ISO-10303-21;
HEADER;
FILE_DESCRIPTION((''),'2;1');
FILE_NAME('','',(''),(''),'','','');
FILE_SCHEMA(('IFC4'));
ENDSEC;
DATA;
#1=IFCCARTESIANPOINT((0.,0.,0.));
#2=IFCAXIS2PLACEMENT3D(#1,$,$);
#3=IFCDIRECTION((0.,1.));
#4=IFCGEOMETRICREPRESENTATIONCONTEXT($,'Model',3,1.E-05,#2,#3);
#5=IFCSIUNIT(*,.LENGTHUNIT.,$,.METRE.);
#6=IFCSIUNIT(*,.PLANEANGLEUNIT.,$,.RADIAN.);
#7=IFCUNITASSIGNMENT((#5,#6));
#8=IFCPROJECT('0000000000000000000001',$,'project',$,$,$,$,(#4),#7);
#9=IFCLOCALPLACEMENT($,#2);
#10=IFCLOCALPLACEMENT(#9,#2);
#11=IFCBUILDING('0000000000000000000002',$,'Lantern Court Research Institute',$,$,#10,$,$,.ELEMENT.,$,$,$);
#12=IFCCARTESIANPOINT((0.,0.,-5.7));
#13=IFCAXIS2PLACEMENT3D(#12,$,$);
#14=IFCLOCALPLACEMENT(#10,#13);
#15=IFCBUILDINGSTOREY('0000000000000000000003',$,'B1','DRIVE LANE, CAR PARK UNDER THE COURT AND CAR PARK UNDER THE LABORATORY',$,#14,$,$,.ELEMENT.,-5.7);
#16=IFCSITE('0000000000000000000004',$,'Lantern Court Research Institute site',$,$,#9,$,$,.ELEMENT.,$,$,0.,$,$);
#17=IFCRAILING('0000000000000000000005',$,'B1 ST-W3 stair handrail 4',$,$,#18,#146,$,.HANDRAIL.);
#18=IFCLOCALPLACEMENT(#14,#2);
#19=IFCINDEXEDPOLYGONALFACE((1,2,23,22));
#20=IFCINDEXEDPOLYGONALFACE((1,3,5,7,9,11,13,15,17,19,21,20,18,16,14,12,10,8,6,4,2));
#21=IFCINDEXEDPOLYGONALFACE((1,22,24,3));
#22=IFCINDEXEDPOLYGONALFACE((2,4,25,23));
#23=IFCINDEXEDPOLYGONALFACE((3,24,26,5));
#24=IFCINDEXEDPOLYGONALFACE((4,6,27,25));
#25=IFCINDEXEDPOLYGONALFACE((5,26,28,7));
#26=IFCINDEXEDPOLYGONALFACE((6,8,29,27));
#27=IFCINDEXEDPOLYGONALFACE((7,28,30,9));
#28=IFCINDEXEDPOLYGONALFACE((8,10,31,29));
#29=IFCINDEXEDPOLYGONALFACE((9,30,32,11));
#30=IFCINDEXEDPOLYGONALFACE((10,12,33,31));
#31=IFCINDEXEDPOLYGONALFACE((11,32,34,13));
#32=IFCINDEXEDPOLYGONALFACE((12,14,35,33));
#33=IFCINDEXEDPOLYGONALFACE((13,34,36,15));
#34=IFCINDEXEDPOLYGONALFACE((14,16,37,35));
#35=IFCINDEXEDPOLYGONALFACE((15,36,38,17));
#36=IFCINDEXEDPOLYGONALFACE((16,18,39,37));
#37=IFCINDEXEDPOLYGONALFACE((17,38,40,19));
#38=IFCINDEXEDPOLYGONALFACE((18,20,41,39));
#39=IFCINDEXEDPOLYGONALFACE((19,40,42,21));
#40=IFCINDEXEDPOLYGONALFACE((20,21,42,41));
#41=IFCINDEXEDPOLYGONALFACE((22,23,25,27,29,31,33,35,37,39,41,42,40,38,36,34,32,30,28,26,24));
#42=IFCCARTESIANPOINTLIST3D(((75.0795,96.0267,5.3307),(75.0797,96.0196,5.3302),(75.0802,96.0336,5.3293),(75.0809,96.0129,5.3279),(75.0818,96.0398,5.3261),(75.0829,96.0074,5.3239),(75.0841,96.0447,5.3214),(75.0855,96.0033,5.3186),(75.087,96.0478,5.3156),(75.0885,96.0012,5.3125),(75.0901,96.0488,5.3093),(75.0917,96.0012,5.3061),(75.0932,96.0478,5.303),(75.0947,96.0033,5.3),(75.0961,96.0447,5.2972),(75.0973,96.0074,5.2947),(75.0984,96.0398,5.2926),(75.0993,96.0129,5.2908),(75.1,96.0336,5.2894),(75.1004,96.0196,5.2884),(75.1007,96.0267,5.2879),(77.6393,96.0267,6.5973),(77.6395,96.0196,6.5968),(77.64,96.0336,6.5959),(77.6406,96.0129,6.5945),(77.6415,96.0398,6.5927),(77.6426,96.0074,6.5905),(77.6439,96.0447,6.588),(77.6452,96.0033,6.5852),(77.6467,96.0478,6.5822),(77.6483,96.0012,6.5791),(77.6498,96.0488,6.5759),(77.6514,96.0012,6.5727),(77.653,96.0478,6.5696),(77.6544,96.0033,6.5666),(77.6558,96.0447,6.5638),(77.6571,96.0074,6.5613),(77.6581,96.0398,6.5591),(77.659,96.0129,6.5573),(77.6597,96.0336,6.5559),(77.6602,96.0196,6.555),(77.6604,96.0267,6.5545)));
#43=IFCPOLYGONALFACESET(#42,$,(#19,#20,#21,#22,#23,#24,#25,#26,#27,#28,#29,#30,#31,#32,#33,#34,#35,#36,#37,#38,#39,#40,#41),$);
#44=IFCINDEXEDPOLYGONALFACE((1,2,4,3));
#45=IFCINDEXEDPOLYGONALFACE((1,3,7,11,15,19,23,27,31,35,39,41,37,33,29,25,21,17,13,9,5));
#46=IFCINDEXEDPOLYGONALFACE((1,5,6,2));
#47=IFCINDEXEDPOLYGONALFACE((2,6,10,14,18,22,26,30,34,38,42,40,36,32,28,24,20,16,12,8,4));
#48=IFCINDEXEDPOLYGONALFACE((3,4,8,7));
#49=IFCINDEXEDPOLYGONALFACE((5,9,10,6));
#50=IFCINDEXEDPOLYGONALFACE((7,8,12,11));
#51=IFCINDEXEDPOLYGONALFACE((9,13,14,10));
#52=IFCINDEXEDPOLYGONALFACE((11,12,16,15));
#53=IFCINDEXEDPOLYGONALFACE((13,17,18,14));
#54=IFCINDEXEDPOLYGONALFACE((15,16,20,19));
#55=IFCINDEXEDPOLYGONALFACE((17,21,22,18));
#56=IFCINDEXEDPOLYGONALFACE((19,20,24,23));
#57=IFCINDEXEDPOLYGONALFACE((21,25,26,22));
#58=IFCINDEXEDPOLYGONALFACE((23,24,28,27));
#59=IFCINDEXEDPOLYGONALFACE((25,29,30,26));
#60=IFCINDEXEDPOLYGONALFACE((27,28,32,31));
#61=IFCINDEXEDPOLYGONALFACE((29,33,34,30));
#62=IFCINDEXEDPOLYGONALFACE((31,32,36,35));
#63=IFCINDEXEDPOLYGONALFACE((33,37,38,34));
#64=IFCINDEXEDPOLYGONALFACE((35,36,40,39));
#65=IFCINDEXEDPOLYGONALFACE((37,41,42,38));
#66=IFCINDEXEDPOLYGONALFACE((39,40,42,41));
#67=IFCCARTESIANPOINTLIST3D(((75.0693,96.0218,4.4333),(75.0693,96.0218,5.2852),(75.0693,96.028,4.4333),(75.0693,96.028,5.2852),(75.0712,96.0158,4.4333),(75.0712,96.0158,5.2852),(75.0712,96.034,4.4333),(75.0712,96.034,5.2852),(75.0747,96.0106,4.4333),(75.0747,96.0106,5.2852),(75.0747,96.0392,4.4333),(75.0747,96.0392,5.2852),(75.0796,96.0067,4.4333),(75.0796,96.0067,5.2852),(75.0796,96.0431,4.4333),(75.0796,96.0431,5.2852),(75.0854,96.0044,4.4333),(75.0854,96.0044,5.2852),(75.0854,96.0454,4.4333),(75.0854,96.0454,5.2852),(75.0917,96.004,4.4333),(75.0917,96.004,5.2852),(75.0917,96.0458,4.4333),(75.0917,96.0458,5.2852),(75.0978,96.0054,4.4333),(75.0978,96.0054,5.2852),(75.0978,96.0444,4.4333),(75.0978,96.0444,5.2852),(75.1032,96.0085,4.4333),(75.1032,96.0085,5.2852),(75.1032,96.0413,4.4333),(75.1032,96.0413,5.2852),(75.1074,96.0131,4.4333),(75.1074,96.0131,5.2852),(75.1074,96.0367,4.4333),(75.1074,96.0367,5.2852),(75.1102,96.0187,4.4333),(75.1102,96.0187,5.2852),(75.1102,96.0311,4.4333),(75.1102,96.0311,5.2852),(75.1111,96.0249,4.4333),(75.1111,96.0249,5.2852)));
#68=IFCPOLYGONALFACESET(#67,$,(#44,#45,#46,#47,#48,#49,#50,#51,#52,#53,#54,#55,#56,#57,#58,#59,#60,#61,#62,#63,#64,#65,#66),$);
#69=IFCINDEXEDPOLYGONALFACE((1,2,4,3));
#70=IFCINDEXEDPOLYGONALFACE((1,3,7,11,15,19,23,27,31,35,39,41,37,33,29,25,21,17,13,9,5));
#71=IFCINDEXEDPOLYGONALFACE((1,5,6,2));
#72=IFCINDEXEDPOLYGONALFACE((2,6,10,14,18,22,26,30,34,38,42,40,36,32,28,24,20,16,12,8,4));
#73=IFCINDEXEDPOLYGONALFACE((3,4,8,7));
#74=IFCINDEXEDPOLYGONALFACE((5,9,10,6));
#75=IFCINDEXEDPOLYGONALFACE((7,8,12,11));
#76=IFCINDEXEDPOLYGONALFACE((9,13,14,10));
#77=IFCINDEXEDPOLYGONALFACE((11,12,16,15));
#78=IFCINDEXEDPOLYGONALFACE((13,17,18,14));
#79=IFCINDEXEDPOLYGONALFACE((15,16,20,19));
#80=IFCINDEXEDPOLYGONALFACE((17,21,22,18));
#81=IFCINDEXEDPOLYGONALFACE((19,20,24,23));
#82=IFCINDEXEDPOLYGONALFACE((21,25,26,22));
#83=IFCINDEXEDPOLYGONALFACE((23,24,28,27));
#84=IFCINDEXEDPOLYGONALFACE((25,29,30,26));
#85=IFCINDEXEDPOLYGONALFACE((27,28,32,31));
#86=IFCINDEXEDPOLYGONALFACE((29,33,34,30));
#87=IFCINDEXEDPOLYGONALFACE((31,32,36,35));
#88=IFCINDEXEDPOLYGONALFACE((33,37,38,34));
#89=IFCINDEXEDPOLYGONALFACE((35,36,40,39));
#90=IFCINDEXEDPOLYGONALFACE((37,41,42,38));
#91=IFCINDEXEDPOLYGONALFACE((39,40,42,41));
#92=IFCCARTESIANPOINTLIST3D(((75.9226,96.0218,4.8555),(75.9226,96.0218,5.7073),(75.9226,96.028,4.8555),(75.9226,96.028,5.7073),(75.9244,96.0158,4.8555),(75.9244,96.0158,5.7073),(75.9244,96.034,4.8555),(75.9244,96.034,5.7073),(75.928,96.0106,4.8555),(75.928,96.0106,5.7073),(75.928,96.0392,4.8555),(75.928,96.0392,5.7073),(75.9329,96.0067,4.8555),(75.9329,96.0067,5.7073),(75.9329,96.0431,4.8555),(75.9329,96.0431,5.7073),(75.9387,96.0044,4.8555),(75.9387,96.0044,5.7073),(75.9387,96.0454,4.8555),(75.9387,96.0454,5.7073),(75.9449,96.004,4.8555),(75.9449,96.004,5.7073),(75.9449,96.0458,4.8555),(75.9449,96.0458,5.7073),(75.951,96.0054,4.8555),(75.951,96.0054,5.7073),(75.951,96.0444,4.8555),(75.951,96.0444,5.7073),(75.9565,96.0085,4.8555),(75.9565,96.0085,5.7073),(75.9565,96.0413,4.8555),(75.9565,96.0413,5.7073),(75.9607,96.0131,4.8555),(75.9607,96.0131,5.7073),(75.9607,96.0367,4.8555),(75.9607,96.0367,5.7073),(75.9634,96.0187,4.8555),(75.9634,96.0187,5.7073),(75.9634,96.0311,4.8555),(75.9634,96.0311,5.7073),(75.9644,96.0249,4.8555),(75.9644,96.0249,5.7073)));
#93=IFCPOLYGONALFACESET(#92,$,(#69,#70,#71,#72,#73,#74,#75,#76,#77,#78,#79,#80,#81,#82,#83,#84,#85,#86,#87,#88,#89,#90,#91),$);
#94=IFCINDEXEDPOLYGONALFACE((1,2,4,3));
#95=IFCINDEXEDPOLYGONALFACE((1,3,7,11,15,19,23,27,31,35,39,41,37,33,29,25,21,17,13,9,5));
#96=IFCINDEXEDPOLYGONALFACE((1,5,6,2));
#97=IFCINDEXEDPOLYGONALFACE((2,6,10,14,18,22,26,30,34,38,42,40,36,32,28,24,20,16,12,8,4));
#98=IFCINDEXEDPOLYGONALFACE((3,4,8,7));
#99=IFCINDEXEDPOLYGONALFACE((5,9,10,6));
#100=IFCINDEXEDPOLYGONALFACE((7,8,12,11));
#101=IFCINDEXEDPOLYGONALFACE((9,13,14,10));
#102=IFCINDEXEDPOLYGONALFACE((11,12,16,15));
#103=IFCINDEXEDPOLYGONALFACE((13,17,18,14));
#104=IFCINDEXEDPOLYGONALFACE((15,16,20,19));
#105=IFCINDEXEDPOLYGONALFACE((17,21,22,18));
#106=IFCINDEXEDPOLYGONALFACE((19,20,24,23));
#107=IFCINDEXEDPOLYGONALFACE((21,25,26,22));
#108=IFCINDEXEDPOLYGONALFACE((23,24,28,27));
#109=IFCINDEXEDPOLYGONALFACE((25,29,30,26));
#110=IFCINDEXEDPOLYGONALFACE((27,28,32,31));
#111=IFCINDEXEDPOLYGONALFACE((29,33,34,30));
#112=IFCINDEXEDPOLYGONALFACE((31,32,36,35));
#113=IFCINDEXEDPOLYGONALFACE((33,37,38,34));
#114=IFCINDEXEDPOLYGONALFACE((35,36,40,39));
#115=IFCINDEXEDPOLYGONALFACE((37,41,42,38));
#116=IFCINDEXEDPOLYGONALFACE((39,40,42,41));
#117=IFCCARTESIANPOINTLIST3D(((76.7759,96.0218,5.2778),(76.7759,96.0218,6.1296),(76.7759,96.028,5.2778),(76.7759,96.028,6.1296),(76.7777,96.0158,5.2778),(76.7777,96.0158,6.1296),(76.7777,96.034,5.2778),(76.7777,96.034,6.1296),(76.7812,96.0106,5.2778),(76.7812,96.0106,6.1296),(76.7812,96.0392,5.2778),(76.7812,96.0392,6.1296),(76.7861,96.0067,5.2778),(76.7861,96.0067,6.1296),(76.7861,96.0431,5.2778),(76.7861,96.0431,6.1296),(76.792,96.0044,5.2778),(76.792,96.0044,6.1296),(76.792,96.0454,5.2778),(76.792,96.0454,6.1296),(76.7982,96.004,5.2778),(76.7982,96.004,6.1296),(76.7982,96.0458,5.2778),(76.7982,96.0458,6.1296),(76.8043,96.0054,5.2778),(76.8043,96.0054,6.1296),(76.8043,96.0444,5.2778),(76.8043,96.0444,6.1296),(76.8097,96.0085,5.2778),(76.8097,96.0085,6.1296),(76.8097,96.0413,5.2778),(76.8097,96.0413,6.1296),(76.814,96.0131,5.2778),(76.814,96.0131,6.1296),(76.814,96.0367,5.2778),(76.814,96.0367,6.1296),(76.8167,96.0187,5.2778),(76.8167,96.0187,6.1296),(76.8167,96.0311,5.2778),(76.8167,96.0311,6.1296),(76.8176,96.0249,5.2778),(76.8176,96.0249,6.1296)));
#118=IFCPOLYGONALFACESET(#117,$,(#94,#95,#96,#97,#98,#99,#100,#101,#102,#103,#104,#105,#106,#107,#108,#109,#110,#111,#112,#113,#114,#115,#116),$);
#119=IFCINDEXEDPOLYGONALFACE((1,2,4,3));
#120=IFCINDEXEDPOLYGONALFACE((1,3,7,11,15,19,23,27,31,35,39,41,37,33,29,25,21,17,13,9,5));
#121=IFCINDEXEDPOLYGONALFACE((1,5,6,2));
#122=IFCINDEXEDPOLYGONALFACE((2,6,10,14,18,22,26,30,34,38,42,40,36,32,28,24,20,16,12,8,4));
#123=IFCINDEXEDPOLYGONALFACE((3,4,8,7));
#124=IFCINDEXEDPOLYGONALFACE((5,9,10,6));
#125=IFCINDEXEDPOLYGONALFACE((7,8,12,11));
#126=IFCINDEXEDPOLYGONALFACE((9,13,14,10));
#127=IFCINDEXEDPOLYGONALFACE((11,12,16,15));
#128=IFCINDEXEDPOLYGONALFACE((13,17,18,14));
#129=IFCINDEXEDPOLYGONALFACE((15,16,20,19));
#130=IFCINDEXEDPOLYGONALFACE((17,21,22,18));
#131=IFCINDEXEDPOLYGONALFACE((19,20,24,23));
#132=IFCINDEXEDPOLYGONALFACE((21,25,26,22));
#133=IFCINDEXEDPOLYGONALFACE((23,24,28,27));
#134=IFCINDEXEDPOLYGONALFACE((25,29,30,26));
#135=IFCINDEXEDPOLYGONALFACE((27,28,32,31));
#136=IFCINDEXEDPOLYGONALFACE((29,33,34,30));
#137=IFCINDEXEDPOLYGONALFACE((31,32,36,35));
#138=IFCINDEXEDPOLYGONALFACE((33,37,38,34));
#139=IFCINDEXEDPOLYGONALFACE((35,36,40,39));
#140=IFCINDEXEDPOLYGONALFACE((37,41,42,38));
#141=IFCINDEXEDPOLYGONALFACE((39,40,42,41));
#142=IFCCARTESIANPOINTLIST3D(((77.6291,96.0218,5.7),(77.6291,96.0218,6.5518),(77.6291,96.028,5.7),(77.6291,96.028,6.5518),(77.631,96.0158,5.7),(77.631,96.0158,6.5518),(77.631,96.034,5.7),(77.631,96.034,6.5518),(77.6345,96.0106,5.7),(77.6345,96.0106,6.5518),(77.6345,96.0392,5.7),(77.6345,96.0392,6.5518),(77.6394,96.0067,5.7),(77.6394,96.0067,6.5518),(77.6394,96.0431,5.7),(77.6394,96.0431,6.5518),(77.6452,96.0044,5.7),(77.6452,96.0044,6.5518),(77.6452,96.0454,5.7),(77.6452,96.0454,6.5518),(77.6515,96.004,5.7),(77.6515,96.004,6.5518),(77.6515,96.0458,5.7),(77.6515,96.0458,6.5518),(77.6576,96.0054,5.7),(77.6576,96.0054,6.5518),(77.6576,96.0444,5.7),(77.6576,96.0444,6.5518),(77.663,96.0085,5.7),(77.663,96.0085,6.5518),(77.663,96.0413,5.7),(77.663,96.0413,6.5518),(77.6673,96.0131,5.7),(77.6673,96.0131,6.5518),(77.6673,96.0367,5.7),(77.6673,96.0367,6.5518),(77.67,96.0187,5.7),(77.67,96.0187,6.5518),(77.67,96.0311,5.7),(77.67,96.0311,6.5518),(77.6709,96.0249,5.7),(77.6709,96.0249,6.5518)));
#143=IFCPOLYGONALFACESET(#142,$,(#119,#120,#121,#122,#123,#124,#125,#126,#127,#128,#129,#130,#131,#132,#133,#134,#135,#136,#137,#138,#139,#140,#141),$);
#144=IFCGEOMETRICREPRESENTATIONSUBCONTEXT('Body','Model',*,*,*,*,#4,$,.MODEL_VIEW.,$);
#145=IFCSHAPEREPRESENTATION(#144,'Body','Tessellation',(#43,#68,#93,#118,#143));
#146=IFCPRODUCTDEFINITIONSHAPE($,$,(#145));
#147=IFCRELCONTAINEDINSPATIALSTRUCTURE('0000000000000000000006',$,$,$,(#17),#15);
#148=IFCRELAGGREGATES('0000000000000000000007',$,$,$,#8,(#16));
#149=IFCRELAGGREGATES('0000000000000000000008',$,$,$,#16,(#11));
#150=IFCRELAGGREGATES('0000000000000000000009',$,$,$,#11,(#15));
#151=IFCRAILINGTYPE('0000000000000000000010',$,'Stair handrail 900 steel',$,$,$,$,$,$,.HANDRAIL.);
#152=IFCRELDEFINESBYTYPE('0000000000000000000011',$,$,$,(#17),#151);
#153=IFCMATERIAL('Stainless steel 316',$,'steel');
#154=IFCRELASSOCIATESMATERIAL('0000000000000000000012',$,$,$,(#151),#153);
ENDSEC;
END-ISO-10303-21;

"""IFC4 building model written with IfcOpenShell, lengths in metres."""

from ifc_helpers import new_model, si_unit, direction, frame, origin, origin_2d, place, context, subcontext, project, spatial, circle, extrude, material, type_object, element, save


model = new_model("IFC4")

# Units and contexts
model_context = context("Model", 3, precision=1e-05, world=origin(), true_north=direction((0.0, 1.0)))
body_context = subcontext(model_context, "Body", "Model", "MODEL_VIEW")
ifc_project = project(units=[si_unit("LENGTHUNIT", "METRE"), si_unit("PLANEANGLEUNIT", "RADIAN")], contexts=[model_context])

# Site, building, storey
site_placement = place(None, origin())
site = spatial("IfcSite", under=ifc_project, at=site_placement, Name="Lantern Court Research Institute site", CompositionType="ELEMENT", RefElevation=0.0)
building_placement = place(site_placement, origin())
building = spatial("IfcBuilding", under=site, at=building_placement, Name="Lantern Court Research Institute", CompositionType="ELEMENT")
storey_placement = place(building_placement, frame((0.0, 0.0, -5.7)))
storey = spatial("IfcBuildingStorey", under=building, at=storey_placement, Name="B1", Description="DRIVE LANE, CAR PARK UNDER THE COURT AND CAR PARK UNDER THE LABORATORY", CompositionType="ELEMENT", Elevation=-5.7)

# Railing
ifc_material_1 = material(Name="Stainless steel 316", Category="steel")
railing_type_1 = type_object("IfcRailingType", Name="Stair handrail 900 steel", PredefinedType="HANDRAIL", material=ifc_material_1)
railing_1_placement = place(storey_placement, frame((75.0901, 96.0249, 4.4333)))
element("IfcRailing", 1, at=railing_1_placement, inside=storey, type_object=railing_type_1, Name="B1 ST-W3 stair handrail 4", PredefinedType="HANDRAIL", context=body_context, shape_type="SweptSolid", body=[
    extrude(circle(Radius=0.0239, at=origin_2d()), frame((0.0, 0.0, 0.876), z_axis=(0.896283, 0.0, 0.443483), x_axis=(0.0, 1.0, 0.0)), (0.0, 0.0, 1.0), 2.856),
    extrude(circle(Radius=0.021, at=origin_2d()), origin(), (0.0, 0.0, 1.0), 0.8518),
    extrude(circle(Radius=0.021, at=origin_2d()), frame((0.8533, 0.0, 0.4221)), (0.0, 0.0, 1.0), 0.8518),
    extrude(circle(Radius=0.021, at=origin_2d()), frame((1.7065, 0.0, 0.8445)), (0.0, 0.0, 1.0), 0.8518),
    extrude(circle(Radius=0.021, at=origin_2d()), frame((2.5598, 0.0, 1.2666)), (0.0, 0.0, 1.0), 0.8518),
])

save(model, "model.ifc")
